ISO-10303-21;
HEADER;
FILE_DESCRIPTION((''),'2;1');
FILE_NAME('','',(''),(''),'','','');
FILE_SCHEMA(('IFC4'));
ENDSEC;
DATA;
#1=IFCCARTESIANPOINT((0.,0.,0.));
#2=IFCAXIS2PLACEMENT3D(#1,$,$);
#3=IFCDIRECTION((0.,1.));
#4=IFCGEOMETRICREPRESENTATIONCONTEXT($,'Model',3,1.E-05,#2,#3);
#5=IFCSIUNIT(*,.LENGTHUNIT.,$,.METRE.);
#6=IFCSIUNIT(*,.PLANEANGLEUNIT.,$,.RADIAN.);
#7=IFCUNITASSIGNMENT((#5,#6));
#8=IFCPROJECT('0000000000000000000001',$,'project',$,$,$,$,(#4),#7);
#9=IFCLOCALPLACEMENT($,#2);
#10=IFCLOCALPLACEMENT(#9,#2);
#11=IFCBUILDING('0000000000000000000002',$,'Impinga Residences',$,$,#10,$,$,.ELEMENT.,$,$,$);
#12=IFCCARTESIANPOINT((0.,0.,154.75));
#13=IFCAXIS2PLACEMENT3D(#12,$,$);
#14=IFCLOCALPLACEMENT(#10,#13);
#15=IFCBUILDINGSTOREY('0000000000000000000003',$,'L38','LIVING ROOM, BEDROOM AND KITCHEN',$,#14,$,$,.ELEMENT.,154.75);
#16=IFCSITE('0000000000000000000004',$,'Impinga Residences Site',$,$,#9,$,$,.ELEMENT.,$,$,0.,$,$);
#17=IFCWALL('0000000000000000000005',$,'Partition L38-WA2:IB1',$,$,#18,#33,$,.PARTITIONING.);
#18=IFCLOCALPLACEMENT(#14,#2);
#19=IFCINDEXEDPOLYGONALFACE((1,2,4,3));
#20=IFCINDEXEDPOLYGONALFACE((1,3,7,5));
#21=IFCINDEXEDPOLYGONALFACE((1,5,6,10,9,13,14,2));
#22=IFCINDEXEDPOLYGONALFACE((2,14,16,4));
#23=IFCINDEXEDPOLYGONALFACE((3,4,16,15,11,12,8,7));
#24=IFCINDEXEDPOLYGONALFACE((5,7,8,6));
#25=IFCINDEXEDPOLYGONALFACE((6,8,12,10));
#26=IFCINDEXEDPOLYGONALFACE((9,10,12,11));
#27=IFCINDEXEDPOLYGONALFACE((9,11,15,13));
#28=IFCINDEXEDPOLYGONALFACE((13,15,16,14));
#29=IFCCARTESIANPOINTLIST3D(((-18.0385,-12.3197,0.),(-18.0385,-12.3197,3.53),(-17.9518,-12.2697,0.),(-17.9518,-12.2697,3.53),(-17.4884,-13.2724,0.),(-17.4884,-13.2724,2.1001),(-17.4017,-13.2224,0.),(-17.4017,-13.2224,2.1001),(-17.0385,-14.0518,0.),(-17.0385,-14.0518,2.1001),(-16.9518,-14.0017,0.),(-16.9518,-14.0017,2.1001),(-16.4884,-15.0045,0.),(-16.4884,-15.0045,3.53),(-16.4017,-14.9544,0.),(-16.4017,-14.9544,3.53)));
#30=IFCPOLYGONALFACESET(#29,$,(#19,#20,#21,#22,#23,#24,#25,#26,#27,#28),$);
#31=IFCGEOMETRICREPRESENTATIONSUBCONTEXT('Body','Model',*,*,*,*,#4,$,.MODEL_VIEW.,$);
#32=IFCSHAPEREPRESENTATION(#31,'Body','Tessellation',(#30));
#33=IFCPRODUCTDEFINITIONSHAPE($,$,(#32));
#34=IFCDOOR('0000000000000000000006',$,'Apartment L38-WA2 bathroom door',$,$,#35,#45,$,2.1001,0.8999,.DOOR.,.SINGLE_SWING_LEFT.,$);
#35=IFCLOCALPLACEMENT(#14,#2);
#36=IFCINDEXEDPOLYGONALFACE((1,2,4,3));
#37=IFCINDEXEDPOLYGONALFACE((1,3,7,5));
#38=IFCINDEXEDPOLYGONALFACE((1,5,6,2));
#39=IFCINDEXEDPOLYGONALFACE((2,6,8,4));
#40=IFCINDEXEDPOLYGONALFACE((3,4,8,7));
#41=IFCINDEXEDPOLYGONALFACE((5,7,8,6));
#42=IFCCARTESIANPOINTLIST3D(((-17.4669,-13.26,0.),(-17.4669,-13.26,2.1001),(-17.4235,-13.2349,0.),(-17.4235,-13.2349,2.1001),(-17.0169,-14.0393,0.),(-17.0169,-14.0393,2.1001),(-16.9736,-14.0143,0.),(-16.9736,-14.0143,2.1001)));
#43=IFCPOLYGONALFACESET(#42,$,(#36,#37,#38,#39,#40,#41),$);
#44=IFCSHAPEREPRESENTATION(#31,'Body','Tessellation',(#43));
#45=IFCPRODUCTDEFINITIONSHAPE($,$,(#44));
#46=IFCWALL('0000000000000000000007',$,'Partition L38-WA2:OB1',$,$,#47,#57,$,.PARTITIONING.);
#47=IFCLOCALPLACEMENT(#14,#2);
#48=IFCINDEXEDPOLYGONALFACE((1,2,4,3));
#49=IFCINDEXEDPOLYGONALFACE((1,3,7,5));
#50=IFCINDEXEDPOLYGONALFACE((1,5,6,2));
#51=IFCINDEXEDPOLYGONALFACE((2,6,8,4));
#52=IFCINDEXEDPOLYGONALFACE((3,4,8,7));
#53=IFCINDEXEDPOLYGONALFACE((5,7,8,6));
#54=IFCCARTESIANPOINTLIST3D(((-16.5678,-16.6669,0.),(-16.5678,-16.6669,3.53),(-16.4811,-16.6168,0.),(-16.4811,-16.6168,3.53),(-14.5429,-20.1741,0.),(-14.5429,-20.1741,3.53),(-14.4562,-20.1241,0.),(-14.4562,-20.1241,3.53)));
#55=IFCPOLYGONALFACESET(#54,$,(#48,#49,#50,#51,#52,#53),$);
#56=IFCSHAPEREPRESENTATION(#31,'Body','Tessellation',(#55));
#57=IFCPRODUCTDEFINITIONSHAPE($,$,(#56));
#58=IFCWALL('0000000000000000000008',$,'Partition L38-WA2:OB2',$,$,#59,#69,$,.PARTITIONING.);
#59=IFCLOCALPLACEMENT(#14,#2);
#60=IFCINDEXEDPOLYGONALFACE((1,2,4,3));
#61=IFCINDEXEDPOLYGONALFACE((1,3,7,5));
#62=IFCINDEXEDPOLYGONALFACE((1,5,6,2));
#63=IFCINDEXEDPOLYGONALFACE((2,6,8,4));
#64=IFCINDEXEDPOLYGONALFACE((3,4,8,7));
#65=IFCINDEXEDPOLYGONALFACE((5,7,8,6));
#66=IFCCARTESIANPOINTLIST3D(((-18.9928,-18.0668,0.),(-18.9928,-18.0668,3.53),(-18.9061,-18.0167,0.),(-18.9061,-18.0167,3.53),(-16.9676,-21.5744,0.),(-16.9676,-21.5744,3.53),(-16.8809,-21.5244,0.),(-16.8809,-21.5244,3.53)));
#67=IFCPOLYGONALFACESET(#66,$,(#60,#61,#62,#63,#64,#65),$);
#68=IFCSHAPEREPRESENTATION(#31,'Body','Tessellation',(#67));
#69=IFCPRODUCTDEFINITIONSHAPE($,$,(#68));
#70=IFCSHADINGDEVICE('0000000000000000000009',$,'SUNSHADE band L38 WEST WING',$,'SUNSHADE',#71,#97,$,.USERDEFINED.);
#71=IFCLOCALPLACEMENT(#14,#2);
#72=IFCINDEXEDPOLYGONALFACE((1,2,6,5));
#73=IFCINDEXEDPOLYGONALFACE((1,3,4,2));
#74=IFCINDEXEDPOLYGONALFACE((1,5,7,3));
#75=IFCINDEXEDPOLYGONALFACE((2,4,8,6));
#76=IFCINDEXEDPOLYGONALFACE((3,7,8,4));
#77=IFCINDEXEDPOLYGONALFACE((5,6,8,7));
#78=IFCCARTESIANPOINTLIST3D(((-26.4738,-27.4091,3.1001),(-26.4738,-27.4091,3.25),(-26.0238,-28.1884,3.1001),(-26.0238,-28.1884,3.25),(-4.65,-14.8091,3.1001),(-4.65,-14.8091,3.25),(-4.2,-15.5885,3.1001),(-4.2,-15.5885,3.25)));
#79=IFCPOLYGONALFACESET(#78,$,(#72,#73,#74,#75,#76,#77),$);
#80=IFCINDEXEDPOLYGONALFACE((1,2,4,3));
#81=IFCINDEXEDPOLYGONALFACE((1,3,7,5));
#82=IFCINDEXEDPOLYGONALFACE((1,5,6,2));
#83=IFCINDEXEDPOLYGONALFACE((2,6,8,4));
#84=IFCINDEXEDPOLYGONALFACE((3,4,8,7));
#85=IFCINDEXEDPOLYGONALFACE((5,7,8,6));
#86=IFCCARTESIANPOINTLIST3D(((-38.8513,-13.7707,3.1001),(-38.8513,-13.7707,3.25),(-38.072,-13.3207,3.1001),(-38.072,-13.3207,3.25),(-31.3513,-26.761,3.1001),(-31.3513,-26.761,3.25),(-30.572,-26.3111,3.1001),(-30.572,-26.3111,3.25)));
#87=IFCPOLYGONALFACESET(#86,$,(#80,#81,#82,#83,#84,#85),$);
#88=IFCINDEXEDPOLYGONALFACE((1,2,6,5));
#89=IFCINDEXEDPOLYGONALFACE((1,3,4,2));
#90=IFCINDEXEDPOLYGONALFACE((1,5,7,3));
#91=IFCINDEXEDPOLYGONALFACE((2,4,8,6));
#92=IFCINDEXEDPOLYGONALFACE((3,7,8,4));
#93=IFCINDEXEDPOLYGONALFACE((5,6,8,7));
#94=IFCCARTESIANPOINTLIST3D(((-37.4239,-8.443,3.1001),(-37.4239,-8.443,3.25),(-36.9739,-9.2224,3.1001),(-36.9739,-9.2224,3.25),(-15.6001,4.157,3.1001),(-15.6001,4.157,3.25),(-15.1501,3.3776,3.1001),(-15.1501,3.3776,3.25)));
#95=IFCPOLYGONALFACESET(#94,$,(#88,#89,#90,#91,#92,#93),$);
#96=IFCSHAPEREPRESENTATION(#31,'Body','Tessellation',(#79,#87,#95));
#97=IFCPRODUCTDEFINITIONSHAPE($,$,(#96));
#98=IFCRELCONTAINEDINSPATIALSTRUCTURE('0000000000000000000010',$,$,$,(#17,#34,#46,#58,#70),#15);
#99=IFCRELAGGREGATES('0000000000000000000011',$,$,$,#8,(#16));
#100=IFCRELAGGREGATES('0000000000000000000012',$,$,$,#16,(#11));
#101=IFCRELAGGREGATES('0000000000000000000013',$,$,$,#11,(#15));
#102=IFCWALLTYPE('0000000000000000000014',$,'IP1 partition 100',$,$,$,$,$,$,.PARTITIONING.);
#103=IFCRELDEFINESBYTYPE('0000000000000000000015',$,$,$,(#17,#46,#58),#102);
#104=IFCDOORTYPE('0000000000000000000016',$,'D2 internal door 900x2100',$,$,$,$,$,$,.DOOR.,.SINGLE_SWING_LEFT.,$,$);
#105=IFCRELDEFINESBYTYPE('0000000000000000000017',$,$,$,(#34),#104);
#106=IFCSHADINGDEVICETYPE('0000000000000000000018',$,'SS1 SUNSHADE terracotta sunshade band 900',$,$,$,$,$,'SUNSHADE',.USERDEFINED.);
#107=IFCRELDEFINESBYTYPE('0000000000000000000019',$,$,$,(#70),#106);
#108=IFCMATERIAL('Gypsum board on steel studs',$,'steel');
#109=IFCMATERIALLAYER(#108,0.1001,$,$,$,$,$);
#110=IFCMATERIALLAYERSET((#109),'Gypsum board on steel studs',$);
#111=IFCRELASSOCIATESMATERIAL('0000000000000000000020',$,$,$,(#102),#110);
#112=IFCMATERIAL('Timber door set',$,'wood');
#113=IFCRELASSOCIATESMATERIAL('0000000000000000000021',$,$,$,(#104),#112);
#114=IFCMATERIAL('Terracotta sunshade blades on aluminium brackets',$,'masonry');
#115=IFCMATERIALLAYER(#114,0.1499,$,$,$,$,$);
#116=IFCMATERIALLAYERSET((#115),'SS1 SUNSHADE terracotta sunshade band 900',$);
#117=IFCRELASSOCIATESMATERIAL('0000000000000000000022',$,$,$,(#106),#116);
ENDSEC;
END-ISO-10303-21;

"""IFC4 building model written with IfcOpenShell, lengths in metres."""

from ifc_helpers import new_model, si_unit, direction, frame, frame_2d, origin, origin_2d, place, context, subcontext, project, spatial, rectangle, extrude, material, layer, layer_set, type_object, element, fill, save


model = new_model("IFC4")

# Units and contexts
model_context = context("Model", 3, precision=1e-05, world=origin(), true_north=direction((0.0, 1.0)))
body_context = subcontext(model_context, "Body", "Model", "MODEL_VIEW")
ifc_project = project(units=[si_unit("LENGTHUNIT", "METRE"), si_unit("PLANEANGLEUNIT", "RADIAN")], contexts=[model_context])

# Site, building, storey
site_placement = place(None, origin())
site = spatial("IfcSite", under=ifc_project, at=site_placement, Name="Impinga Residences Site", CompositionType="ELEMENT", RefElevation=0.0)
building_placement = place(site_placement, origin())
building = spatial("IfcBuilding", under=site, at=building_placement, Name="Impinga Residences", CompositionType="ELEMENT")
storey_placement = place(building_placement, frame((0.0, 0.0, 154.75)))
storey = spatial("IfcBuildingStorey", under=building, at=storey_placement, Name="L38", Description="LIVING ROOM, BEDROOM AND KITCHEN", CompositionType="ELEMENT", Elevation=154.75)

# Shared definitions
ifc_material_1 = material(Name="Gypsum board on steel studs", Category="steel")
ifc_layer_1 = layer(ifc_material_1, 0.1001)
ifc_layer_set_1 = layer_set([ifc_layer_1], Name="Gypsum board on steel studs")
wall_type = type_object("IfcWallType", Name="IP1 partition 100", PredefinedType="PARTITIONING", material=ifc_layer_set_1)

# Shared definitions
ifc_material_2 = material(Name="Timber door set", Category="wood")
door_type = type_object("IfcDoorType", Name="D2 internal door 900x2100", OperationType="SINGLE_SWING_LEFT", PredefinedType="DOOR", material=ifc_material_2)

# Wall, opening, door
wall_1_placement = place(storey_placement, frame((-17.9951, -12.2947, 0.0), z_axis=(0.0, 0.0, 1.0), x_axis=(0.499993, -0.86603, 0.0)))
wall_1 = element("IfcWall", 1, at=wall_1_placement, inside=storey, type_object=wall_type, Name="Partition L38-WA2:IB1", PredefinedType="PARTITIONING", context=body_context, shape_type="SweptSolid", body=[
    extrude(rectangle(XDim=3.1001, YDim=0.1001, at=frame_2d((1.55, 0.0))), origin(), (0.0, 0.0, 1.0), 3.53),
])
opening_1_placement = place(wall_1_placement, frame((1.1001, 0.0, 0.0)))
opening_1 = element("IfcOpeningElement", 2, at=opening_1_placement, cuts=wall_1, PredefinedType="OPENING", context=body_context, shape_type="SweptSolid", body=[
    extrude(rectangle(XDim=0.8999, YDim=2.1001, at=frame_2d((0.45, 1.05))), frame((0.0, 0.0601, 0.0), z_axis=(0.0, -1.0, 0.0), x_axis=(1.0, 0.0, 0.0)), (0.0, 0.0, 1.0), 0.1201),
])
door_1_placement = place(opening_1_placement, origin())
door_1 = element("IfcDoor", 3, at=door_1_placement, inside=storey, type_object=door_type, Name="Apartment L38-WA2 bathroom door", OperationType="SINGLE_SWING_LEFT", OverallHeight=2.1001, OverallWidth=0.8999, PredefinedType="DOOR", context=body_context, shape_type="SweptSolid", body=[
    extrude(rectangle(XDim=0.8999, YDim=2.1001, at=frame_2d((0.45, 1.05))), frame((0.0, 0.0249, 0.0), z_axis=(0.0, -1.0, 0.0), x_axis=(1.0, 0.0, 0.0)), (0.0, 0.0, 1.0), 0.05),
])
fill(opening_1, door_1)

# Walls
wall_2_placement = place(storey_placement, frame((-16.5244, -16.6418, 0.0), z_axis=(0.0, 0.0, 1.0), x_axis=(0.49999, -0.866031, 0.0)))
element("IfcWall", 4, at=wall_2_placement, inside=storey, type_object=wall_type, Name="Partition L38-WA2:OB1", PredefinedType="PARTITIONING", context=body_context, shape_type="SweptSolid", body=[
    extrude(rectangle(XDim=4.0498, YDim=0.1001, at=frame_2d((2.0249, 0.0))), origin(), (0.0, 0.0, 1.0), 3.53),
])
wall_3_placement = place(storey_placement, frame((-18.9495, -18.0417, 0.0), z_axis=(0.0, 0.0, 1.0), x_axis=(0.500009, -0.86602, 0.0)))
element("IfcWall", 5, at=wall_3_placement, inside=storey, type_object=wall_type, Name="Partition L38-WA2:OB2", PredefinedType="PARTITIONING", context=body_context, shape_type="SweptSolid", body=[
    extrude(rectangle(XDim=4.0503, YDim=0.1001, at=frame_2d((2.0251, 0.0))), origin(), (0.0, 0.0, 1.0), 3.53),
])

# Shading device
ifc_material_3 = material(Name="Terracotta sunshade blades on aluminium brackets", Category="masonry")
ifc_layer_2 = layer(ifc_material_3, 0.1499)
ifc_layer_set_2 = layer_set([ifc_layer_2], Name="SS1 SUNSHADE terracotta sunshade band 900")
shading_device_type = type_object("IfcShadingDeviceType", Name="SS1 SUNSHADE terracotta sunshade band 900", ElementType="SUNSHADE", PredefinedType="USERDEFINED", material=ifc_layer_set_2)
shading_device_placement = place(storey_placement, frame((-15.3369, -21.4988, 3.1001), z_axis=(0.0, 0.0, 1.0), x_axis=(-0.866025, -0.5, 0.0)))
element("IfcShadingDevice", 6, at=shading_device_placement, inside=storey, type_object=shading_device_type, Name="SUNSHADE band L38 WEST WING", ObjectType="SUNSHADE", PredefinedType="USERDEFINED", context=body_context, shape_type="SweptSolid", body=[
    extrude(rectangle(XDim=25.2, YDim=0.8999, at=origin_2d()), origin(), (0.0, 0.0, 1.0), 0.1499),
    extrude(rectangle(XDim=15.0, YDim=0.8999, at=origin_2d()), frame((16.05, -10.95, 0.0), z_axis=(0.0, 0.0, 1.0), x_axis=(0.0, -1.0, 0.0)), (0.0, 0.0, 1.0), 0.1499),
    extrude(rectangle(XDim=25.2, YDim=0.8999, at=origin_2d()), frame((0.0, -21.9001, 0.0), z_axis=(0.0, 0.0, 1.0), x_axis=(-1.0, 0.0, 0.0)), (0.0, 0.0, 1.0), 0.1499),
])

save(model, "model.ifc")
